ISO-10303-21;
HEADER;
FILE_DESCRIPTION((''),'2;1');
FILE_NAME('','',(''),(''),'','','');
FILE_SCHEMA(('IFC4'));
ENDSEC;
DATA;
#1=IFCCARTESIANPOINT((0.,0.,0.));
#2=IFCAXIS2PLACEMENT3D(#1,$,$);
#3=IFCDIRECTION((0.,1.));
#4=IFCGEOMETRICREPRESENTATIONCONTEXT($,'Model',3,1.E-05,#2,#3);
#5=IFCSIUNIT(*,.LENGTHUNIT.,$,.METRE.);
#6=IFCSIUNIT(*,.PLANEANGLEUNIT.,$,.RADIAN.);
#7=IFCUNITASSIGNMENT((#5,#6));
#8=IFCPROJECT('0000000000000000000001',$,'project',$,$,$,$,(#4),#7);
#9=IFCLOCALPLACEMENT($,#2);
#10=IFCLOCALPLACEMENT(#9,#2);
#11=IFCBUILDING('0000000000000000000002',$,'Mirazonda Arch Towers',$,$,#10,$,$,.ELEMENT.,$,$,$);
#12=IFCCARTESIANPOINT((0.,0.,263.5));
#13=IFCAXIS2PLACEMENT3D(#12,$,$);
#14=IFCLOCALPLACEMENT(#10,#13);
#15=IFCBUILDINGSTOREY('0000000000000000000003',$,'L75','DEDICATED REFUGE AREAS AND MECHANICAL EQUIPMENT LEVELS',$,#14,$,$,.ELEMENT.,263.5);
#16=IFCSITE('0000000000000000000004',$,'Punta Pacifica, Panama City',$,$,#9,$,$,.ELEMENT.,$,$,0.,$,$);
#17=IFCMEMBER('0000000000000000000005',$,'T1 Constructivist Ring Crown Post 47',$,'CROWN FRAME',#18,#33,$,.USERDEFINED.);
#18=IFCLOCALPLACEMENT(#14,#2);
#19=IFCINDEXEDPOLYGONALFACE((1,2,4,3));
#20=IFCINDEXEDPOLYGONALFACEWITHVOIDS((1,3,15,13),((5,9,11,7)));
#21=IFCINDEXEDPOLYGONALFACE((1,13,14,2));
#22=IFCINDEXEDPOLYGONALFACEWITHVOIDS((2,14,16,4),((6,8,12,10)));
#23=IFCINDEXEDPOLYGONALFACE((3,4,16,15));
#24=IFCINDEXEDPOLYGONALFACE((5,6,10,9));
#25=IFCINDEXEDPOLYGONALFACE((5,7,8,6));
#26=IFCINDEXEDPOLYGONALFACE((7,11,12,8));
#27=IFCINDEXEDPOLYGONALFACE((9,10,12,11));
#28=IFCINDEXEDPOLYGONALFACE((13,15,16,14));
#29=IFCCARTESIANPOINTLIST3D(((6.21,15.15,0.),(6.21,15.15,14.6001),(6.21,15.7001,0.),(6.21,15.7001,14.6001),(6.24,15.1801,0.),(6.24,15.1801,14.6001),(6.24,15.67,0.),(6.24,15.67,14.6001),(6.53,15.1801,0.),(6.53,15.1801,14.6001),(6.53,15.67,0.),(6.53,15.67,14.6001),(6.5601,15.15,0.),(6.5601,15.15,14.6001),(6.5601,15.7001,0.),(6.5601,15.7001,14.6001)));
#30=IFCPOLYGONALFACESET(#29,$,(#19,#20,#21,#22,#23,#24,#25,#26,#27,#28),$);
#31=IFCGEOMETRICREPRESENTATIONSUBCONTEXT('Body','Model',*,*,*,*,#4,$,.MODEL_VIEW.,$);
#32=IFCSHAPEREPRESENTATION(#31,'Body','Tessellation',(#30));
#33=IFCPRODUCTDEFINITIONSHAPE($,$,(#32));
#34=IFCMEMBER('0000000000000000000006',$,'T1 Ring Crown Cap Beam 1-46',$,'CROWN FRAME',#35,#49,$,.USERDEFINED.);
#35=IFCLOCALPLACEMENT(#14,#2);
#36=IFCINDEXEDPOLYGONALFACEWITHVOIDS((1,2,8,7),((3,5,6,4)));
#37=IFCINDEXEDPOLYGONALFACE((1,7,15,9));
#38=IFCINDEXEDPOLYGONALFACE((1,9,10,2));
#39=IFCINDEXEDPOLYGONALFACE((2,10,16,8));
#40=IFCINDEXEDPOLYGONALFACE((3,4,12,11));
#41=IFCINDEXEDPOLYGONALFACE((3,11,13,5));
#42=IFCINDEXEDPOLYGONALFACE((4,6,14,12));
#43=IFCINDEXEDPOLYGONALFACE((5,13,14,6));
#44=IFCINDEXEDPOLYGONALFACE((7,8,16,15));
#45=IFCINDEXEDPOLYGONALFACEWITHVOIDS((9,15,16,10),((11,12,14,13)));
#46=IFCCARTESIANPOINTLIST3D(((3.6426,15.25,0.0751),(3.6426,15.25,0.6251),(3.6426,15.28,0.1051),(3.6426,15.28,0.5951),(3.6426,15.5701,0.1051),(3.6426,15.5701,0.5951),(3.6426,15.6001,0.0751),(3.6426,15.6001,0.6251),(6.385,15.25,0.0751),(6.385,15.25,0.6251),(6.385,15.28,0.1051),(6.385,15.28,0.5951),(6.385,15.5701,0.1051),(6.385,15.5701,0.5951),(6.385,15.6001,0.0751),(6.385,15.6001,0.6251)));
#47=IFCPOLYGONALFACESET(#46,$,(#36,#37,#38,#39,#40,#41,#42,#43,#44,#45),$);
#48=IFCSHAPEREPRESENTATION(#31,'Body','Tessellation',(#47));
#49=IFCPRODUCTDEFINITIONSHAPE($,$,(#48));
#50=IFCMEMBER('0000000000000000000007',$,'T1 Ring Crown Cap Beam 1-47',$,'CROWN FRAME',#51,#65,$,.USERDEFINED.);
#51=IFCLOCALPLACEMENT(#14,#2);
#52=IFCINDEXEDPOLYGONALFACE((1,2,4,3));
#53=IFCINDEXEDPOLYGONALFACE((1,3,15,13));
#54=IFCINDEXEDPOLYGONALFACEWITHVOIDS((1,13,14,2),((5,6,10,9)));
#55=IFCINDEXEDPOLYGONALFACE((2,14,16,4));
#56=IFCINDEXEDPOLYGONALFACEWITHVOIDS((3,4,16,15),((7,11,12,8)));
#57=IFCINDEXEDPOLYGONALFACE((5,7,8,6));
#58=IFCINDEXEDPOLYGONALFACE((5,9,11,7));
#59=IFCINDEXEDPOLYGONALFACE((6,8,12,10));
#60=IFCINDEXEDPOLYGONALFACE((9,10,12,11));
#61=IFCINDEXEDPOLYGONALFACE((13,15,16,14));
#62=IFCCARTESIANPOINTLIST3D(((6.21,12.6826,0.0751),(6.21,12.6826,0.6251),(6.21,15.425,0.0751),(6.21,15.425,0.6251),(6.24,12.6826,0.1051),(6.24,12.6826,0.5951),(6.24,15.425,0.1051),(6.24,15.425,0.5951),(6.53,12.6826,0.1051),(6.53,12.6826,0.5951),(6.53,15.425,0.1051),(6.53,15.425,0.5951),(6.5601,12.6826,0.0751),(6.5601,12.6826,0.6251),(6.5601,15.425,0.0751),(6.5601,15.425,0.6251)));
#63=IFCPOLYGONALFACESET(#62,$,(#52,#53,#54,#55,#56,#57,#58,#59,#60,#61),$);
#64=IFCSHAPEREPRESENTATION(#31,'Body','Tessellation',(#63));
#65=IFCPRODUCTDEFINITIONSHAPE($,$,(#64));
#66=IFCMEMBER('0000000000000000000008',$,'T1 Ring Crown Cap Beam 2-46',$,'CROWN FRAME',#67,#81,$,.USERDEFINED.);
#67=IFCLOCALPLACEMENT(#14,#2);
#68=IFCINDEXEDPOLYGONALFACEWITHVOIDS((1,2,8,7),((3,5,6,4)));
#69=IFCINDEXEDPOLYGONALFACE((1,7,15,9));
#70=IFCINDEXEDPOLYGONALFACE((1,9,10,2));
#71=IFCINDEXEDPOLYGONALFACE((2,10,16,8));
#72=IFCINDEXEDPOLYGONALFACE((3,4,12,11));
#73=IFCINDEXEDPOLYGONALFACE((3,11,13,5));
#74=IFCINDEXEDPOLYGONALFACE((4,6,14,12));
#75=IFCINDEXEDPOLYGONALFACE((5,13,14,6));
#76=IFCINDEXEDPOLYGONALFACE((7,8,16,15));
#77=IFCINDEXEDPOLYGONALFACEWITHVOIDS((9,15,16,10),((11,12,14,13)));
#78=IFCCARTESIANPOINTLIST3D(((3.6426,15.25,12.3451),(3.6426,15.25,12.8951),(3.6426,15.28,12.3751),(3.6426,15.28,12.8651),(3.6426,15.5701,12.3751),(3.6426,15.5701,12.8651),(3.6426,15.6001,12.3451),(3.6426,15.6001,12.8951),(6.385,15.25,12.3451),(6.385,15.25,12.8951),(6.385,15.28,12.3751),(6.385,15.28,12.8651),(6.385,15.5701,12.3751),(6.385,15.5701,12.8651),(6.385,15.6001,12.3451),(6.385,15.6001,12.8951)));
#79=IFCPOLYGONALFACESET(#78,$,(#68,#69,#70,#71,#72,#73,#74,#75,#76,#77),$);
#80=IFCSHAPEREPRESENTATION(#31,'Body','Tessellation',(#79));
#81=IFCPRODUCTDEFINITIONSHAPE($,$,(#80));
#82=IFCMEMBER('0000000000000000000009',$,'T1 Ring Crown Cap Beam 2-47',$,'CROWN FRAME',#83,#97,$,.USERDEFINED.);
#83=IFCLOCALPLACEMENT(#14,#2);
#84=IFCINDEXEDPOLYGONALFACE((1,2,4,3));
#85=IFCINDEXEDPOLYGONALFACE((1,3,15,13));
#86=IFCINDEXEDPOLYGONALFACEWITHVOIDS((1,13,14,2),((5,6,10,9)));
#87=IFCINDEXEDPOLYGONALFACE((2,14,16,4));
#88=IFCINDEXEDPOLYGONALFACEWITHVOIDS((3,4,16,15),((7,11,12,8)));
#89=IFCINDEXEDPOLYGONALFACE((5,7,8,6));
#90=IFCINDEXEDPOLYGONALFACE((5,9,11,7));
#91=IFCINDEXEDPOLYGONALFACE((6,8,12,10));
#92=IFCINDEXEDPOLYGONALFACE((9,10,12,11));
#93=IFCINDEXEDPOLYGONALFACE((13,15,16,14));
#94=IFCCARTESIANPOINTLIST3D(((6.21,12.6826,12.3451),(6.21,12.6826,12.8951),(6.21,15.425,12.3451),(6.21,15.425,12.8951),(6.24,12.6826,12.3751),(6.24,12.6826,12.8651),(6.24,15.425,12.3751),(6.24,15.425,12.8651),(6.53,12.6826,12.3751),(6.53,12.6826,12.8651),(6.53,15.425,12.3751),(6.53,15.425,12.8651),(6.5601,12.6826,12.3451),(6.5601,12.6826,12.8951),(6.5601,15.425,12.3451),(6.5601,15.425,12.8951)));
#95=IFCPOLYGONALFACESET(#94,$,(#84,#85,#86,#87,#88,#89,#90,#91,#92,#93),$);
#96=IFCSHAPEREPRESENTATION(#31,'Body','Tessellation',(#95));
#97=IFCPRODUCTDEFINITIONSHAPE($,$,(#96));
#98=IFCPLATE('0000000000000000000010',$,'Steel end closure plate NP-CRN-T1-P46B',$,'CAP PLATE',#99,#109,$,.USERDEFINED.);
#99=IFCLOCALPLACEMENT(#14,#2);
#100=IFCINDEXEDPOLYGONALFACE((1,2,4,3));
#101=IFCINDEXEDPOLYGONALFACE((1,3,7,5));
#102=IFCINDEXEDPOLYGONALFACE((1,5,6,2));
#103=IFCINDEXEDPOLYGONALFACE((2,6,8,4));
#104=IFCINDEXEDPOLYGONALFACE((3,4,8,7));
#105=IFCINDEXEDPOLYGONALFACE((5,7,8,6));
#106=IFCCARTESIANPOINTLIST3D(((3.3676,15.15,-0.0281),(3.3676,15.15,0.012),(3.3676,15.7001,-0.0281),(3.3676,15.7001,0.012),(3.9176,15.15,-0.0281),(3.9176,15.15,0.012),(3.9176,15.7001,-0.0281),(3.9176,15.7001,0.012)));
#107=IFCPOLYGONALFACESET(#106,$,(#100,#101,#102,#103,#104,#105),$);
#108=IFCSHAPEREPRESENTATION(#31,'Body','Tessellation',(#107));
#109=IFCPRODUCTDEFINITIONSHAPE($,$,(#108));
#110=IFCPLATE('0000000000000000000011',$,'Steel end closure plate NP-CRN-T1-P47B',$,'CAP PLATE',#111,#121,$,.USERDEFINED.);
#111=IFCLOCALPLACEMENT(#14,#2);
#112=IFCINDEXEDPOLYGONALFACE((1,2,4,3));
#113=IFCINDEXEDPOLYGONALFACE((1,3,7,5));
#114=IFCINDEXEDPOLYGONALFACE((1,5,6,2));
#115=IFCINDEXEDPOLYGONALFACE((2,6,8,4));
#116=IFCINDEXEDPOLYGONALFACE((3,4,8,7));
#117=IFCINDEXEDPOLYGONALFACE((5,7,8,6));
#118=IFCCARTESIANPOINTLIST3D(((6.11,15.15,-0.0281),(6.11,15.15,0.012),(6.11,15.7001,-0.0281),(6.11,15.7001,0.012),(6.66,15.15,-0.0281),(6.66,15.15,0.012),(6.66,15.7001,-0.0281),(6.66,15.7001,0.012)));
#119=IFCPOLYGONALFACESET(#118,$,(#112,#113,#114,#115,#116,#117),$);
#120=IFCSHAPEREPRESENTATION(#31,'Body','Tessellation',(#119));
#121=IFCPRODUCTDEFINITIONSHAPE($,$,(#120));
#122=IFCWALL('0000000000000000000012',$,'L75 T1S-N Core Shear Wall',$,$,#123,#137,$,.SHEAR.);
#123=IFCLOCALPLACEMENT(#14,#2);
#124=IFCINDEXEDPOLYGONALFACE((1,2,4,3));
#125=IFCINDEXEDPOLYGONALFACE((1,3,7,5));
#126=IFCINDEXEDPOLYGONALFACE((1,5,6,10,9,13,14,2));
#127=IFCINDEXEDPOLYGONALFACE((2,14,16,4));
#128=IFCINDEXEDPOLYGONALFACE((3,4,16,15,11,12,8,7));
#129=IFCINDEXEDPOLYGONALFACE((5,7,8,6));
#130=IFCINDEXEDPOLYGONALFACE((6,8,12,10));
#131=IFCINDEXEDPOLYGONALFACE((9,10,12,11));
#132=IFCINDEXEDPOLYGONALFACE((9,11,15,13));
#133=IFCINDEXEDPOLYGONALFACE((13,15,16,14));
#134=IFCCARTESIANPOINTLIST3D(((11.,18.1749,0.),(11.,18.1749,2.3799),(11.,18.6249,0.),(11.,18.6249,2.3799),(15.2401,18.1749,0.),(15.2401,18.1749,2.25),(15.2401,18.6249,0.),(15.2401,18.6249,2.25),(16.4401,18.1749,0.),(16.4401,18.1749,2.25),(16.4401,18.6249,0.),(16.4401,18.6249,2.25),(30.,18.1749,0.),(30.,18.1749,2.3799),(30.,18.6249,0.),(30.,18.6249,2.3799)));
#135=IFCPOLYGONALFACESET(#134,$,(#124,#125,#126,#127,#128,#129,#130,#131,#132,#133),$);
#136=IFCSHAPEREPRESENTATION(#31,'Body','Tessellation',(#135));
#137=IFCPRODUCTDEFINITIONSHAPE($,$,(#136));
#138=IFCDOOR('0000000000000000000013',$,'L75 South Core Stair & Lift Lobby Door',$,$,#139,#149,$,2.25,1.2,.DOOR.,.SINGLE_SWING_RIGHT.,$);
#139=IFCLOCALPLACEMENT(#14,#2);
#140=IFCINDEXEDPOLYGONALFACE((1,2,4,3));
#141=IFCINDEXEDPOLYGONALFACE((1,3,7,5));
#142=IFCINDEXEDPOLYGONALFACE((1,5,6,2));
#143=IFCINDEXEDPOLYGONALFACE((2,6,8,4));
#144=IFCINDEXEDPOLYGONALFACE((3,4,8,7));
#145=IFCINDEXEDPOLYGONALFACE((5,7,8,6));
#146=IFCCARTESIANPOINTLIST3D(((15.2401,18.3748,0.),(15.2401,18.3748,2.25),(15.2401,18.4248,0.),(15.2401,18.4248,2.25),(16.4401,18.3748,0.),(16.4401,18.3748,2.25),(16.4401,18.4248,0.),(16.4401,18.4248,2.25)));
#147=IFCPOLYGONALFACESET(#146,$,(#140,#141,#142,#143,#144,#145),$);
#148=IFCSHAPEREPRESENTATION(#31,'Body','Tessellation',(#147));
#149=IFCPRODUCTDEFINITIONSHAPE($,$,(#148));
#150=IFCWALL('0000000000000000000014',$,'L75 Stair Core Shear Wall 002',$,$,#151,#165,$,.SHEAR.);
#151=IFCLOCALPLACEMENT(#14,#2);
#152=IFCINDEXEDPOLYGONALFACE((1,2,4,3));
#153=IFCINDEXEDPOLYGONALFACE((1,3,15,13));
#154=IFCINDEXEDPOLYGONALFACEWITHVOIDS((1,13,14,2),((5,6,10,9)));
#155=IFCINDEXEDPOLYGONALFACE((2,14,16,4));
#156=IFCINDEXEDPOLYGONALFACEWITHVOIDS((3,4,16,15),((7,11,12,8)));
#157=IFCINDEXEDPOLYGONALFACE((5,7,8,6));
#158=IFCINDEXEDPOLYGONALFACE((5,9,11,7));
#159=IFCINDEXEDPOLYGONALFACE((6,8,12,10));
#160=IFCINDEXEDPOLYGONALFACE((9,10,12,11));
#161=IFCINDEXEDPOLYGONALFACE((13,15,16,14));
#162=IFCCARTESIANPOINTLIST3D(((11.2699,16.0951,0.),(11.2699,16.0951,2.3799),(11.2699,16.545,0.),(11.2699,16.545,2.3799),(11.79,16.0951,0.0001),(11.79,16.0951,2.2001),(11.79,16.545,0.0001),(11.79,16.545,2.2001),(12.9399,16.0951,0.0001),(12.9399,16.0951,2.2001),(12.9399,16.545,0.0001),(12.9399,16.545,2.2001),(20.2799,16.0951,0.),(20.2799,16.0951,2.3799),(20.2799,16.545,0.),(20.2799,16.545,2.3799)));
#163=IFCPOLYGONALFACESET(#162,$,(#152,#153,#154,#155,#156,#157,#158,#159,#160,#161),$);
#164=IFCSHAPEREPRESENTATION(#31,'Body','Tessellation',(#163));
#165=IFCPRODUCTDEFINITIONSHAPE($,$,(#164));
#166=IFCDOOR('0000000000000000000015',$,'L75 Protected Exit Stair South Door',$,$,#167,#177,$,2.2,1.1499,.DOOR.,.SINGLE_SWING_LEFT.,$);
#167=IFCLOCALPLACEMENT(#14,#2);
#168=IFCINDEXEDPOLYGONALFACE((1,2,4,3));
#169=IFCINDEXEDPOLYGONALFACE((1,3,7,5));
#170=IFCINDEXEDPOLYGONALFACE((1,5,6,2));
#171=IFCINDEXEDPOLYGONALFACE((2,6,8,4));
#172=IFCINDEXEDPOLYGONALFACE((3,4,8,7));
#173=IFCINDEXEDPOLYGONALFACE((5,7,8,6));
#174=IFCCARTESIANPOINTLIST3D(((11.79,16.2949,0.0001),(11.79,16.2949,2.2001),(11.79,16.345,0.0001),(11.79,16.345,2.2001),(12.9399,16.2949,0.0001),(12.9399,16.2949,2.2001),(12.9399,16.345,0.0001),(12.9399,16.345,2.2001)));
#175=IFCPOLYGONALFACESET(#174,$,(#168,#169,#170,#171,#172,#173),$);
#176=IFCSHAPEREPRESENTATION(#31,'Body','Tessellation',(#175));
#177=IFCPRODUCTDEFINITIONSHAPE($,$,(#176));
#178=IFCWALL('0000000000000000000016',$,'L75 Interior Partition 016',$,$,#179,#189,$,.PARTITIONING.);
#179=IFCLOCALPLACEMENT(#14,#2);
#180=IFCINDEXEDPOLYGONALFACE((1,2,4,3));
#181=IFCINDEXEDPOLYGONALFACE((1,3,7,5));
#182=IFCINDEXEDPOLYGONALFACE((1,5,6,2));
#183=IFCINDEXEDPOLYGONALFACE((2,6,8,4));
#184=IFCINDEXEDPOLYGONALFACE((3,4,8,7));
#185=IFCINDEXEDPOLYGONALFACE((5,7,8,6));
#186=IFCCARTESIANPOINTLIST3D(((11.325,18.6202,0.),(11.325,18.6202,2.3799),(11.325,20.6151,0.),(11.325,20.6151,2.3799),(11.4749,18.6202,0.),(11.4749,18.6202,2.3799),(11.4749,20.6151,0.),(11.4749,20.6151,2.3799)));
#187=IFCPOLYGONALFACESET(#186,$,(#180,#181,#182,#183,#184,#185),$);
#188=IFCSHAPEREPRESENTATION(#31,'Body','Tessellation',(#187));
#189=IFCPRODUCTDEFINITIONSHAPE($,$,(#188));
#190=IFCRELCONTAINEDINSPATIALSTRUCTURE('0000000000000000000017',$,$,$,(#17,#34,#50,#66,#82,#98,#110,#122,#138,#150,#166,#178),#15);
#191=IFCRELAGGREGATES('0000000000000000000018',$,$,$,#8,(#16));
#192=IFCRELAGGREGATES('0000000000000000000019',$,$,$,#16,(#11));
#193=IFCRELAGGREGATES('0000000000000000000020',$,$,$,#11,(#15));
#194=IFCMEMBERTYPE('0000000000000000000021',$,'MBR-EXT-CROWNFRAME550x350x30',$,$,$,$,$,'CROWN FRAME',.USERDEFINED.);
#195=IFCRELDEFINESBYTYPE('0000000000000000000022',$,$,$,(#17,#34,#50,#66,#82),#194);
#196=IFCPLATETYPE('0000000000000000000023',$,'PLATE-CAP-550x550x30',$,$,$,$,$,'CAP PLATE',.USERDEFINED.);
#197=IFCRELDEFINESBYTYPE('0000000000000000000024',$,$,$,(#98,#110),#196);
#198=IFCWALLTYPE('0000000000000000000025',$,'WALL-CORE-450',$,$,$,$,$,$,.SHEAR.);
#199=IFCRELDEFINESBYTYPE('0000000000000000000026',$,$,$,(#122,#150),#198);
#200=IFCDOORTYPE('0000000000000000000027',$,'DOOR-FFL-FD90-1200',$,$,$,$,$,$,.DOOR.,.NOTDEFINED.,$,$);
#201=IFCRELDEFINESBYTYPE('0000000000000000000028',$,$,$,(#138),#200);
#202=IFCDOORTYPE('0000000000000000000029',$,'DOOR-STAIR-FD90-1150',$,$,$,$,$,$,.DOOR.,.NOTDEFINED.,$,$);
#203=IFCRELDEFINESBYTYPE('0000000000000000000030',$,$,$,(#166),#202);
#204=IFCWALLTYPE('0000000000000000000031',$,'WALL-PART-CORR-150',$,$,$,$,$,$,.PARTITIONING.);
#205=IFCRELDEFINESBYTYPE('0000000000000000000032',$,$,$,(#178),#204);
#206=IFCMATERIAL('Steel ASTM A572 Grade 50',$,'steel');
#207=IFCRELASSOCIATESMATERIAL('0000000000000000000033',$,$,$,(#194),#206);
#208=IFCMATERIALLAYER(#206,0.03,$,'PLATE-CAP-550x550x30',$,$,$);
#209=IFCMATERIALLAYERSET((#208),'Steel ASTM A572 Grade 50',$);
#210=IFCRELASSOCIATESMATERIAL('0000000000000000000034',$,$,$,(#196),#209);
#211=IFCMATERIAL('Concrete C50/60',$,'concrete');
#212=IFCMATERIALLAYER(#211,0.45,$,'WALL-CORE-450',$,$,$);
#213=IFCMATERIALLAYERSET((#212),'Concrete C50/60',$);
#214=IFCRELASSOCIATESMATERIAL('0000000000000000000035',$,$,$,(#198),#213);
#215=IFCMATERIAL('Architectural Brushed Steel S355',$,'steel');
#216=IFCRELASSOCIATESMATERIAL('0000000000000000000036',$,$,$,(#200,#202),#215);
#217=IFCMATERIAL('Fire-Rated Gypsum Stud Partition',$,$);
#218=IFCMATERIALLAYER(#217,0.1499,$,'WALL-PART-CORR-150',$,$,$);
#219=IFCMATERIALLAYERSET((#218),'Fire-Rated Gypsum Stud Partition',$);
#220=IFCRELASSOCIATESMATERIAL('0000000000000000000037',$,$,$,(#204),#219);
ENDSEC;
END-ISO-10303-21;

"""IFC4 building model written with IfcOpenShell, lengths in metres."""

from ifc_helpers import new_model, si_unit, direction, frame, frame_2d, origin, origin_2d, place, context, subcontext, project, spatial, rectangle, hollow_rectangle, extrude, material, layer, layer_set, material_profile, profile_set, type_object, element, fill, save


model = new_model("IFC4")

# Units and contexts
model_context = context("Model", 3, precision=1e-05, world=origin(), true_north=direction((0.0, 1.0)))
body_context = subcontext(model_context, "Body", "Model", "MODEL_VIEW")
ifc_project = project(units=[si_unit("LENGTHUNIT", "METRE"), si_unit("PLANEANGLEUNIT", "RADIAN")], contexts=[model_context])

# Site, building, storey
site_placement = place(None, origin())
site = spatial("IfcSite", under=ifc_project, at=site_placement, Name="Punta Pacifica, Panama City", CompositionType="ELEMENT", RefElevation=0.0)
building_placement = place(site_placement, origin())
building = spatial("IfcBuilding", under=site, at=building_placement, Name="Mirazonda Arch Towers", CompositionType="ELEMENT")
storey_placement = place(building_placement, frame((0.0, 0.0, 263.5)))
storey = spatial("IfcBuildingStorey", under=building, at=storey_placement, Name="L75", Description="DEDICATED REFUGE AREAS AND MECHANICAL EQUIPMENT LEVELS", CompositionType="ELEMENT", Elevation=263.5)

# Shared definitions
ifc_material_1 = material(Name="Concrete C50/60", Category="concrete")

# Members
ifc_material_2 = material(Name="Steel ASTM A572 Grade 50", Category="steel")
ifc_material_profile_1 = material_profile(ifc_material_2, hollow_rectangle(XDim=0.3501, YDim=0.55, WallThickness=0.03, at=origin_2d()), Name="CROWNFRAME550x350x30")
ifc_profile_set_1 = profile_set([ifc_material_profile_1], Name="Steel ASTM A572 Grade 50")
member_type = type_object("IfcMemberType", Name="MBR-EXT-CROWNFRAME550x350x30", ElementType="CROWN FRAME", PredefinedType="USERDEFINED", material=ifc_profile_set_1)
for number, where, z_axis, x_axis, name in (
    (1, (6.385, 15.425, 0.0), (0.0, 0.0, 1.0), (1.0, 0.0, 0.0), "T1 Constructivist Ring Crown Post 47"),
):
    element("IfcMember", number, at=place(storey_placement, frame(where, z_axis=z_axis, x_axis=x_axis)), inside=storey, type_object=member_type, Name=name, ObjectType="CROWN FRAME", PredefinedType="USERDEFINED", context=body_context, shape_type="SweptSolid", body=[
        extrude(hollow_rectangle(XDim=0.3501, YDim=0.55, WallThickness=0.03, at=origin_2d()), origin(), (0.0, 0.0, 1.0), 14.6001),
    ])
for number, where, z_axis, x_axis, name in (
    (2, (3.6426, 15.425, 0.3501), (1.0, 0.0, 0.0), (0.0, 1.0, 0.0), "T1 Ring Crown Cap Beam 1-46"),
    (3, (6.385, 15.425, 0.3501), (0.0, -1.0, 0.0), (1.0, 0.0, 0.0), "T1 Ring Crown Cap Beam 1-47"),
    (4, (3.6426, 15.425, 12.6201), (1.0, 0.0, 0.0), (0.0, 1.0, 0.0), "T1 Ring Crown Cap Beam 2-46"),
    (5, (6.385, 15.425, 12.6201), (0.0, -1.0, 0.0), (1.0, 0.0, 0.0), "T1 Ring Crown Cap Beam 2-47"),
):
    element("IfcMember", number, at=place(storey_placement, frame(where, z_axis=z_axis, x_axis=x_axis)), inside=storey, type_object=member_type, Name=name, ObjectType="CROWN FRAME", PredefinedType="USERDEFINED", context=body_context, shape_type="SweptSolid", body=[
        extrude(hollow_rectangle(XDim=0.3501, YDim=0.55, WallThickness=0.03, at=origin_2d()), origin(), (0.0, 0.0, 1.0), 2.7424),
    ])

# Plates
ifc_layer_1 = layer(ifc_material_2, 0.03, Name="PLATE-CAP-550x550x30")
ifc_layer_set_1 = layer_set([ifc_layer_1], Name="Steel ASTM A572 Grade 50")
plate_type = type_object("IfcPlateType", Name="PLATE-CAP-550x550x30", ElementType="CAP PLATE", PredefinedType="USERDEFINED", material=ifc_layer_set_1)
for number, where, z_axis, x_axis, name in (
    (6, (3.6426, 15.425, -0.0281), (0.0, 0.0, 1.0), (1.0, 0.0, 0.0), "Steel end closure plate NP-CRN-T1-P46B"),
    (7, (6.385, 15.425, -0.0281), (0.0, 0.0, 1.0), (1.0, 0.0, 0.0), "Steel end closure plate NP-CRN-T1-P47B"),
):
    element("IfcPlate", number, at=place(storey_placement, frame(where, z_axis=z_axis, x_axis=x_axis)), inside=storey, type_object=plate_type, Name=name, ObjectType="CAP PLATE", PredefinedType="USERDEFINED", context=body_context, shape_type="SweptSolid", body=[
        extrude(rectangle(XDim=0.55, YDim=0.55, at=origin_2d()), origin(), (0.0, 0.0, 1.0), 0.04),
    ])

# Walls, openings, doors
ifc_layer_2 = layer(ifc_material_1, 0.45, Name="WALL-CORE-450")
ifc_layer_set_2 = layer_set([ifc_layer_2], Name="Concrete C50/60")
wall_type_1 = type_object("IfcWallType", Name="WALL-CORE-450", PredefinedType="SHEAR", material=ifc_layer_set_2)
wall_1_placement = place(storey_placement, frame((11.0, 18.3999, 0.0), z_axis=(0.0, 0.0, 1.0), x_axis=(1.0, 0.0, 0.0)))
wall_1 = element("IfcWall", 8, at=wall_1_placement, inside=storey, type_object=wall_type_1, Name="L75 T1S-N Core Shear Wall", PredefinedType="SHEAR", context=body_context, shape_type="SweptSolid", body=[
    extrude(rectangle(XDim=19.0, YDim=0.45, at=frame_2d((9.5, 0.0))), origin(), (0.0, 0.0, 1.0), 2.3799),
])
opening_1_placement = place(wall_1_placement, frame((4.24, 0.0, 0.0)))
opening_1 = element("IfcOpeningElement", 9, at=opening_1_placement, cuts=wall_1, PredefinedType="OPENING", context=body_context, shape_type="SweptSolid", body=[
    extrude(rectangle(XDim=1.2, YDim=2.25, at=frame_2d((0.6001, 1.125))), frame((0.0, 0.2349, 0.0), z_axis=(0.0, -1.0, 0.0), x_axis=(1.0, 0.0, 0.0)), (0.0, 0.0, 1.0), 0.47),
])
ifc_material_3 = material(Name="Architectural Brushed Steel S355", Category="steel")
door_type_1 = type_object("IfcDoorType", Name="DOOR-FFL-FD90-1200", OperationType="NOTDEFINED", PredefinedType="DOOR", material=ifc_material_3)
door_1_placement = place(opening_1_placement, origin())
door_1 = element("IfcDoor", 10, at=door_1_placement, inside=storey, type_object=door_type_1, Name="L75 South Core Stair & Lift Lobby Door", OperationType="SINGLE_SWING_RIGHT", OverallHeight=2.25, OverallWidth=1.2, PredefinedType="DOOR", context=body_context, shape_type="SweptSolid", body=[
    extrude(rectangle(XDim=1.2, YDim=2.25, at=frame_2d((0.6001, 1.125))), frame((0.0, 0.0249, 0.0), z_axis=(0.0, -1.0, 0.0), x_axis=(1.0, 0.0, 0.0)), (0.0, 0.0, 1.0), 0.05),
])
fill(opening_1, door_1)
wall_2_placement = place(storey_placement, frame((11.27, 16.3201, 0.0), z_axis=(0.0, 0.0, 1.0), x_axis=(1.0, 0.0, 0.0)))
wall_2 = element("IfcWall", 11, at=wall_2_placement, inside=storey, type_object=wall_type_1, Name="L75 Stair Core Shear Wall 002", PredefinedType="SHEAR", context=body_context, shape_type="SweptSolid", body=[
    extrude(rectangle(XDim=9.01, YDim=0.45, at=frame_2d((4.5049, 0.0))), origin(), (0.0, 0.0, 1.0), 2.3799),
])
opening_2_placement = place(wall_2_placement, frame((0.52, 0.0, 0.0)))
opening_2 = element("IfcOpeningElement", 12, at=opening_2_placement, cuts=wall_2, PredefinedType="OPENING", context=body_context, shape_type="SweptSolid", body=[
    extrude(rectangle(XDim=1.1499, YDim=2.2, at=frame_2d((0.575, 1.1001))), frame((0.0, 0.2349, 0.0), z_axis=(0.0, -1.0, 0.0), x_axis=(1.0, 0.0, 0.0)), (0.0, 0.0, 1.0), 0.47),
])
door_type_2 = type_object("IfcDoorType", Name="DOOR-STAIR-FD90-1150", OperationType="NOTDEFINED", PredefinedType="DOOR", material=ifc_material_3)
door_2_placement = place(opening_2_placement, origin())
door_2 = element("IfcDoor", 13, at=door_2_placement, inside=storey, type_object=door_type_2, Name="L75 Protected Exit Stair South Door", OperationType="SINGLE_SWING_LEFT", OverallHeight=2.2, OverallWidth=1.1499, PredefinedType="DOOR", context=body_context, shape_type="SweptSolid", body=[
    extrude(rectangle(XDim=1.1499, YDim=2.2, at=frame_2d((0.575, 1.1001))), frame((0.0, 0.0249, 0.0), z_axis=(0.0, -1.0, 0.0), x_axis=(1.0, 0.0, 0.0)), (0.0, 0.0, 1.0), 0.05),
])
fill(opening_2, door_2)

# Wall
ifc_material_4 = material(Name="Fire-Rated Gypsum Stud Partition")
ifc_layer_3 = layer(ifc_material_4, 0.1499, Name="WALL-PART-CORR-150")
ifc_layer_set_3 = layer_set([ifc_layer_3], Name="Fire-Rated Gypsum Stud Partition")
wall_type_2 = type_object("IfcWallType", Name="WALL-PART-CORR-150", PredefinedType="PARTITIONING", material=ifc_layer_set_3)
wall_3_placement = place(storey_placement, frame((11.3999, 18.6201, 0.0), z_axis=(0.0, 0.0, 1.0), x_axis=(0.0, 1.0, 0.0)))
element("IfcWall", 14, at=wall_3_placement, inside=storey, type_object=wall_type_2, Name="L75 Interior Partition 016", PredefinedType="PARTITIONING", context=body_context, shape_type="SweptSolid", body=[
    extrude(rectangle(XDim=1.9949, YDim=0.1499, at=frame_2d((0.9976, 0.0))), origin(), (0.0, 0.0, 1.0), 2.3799),
])

save(model, "model.ifc")
